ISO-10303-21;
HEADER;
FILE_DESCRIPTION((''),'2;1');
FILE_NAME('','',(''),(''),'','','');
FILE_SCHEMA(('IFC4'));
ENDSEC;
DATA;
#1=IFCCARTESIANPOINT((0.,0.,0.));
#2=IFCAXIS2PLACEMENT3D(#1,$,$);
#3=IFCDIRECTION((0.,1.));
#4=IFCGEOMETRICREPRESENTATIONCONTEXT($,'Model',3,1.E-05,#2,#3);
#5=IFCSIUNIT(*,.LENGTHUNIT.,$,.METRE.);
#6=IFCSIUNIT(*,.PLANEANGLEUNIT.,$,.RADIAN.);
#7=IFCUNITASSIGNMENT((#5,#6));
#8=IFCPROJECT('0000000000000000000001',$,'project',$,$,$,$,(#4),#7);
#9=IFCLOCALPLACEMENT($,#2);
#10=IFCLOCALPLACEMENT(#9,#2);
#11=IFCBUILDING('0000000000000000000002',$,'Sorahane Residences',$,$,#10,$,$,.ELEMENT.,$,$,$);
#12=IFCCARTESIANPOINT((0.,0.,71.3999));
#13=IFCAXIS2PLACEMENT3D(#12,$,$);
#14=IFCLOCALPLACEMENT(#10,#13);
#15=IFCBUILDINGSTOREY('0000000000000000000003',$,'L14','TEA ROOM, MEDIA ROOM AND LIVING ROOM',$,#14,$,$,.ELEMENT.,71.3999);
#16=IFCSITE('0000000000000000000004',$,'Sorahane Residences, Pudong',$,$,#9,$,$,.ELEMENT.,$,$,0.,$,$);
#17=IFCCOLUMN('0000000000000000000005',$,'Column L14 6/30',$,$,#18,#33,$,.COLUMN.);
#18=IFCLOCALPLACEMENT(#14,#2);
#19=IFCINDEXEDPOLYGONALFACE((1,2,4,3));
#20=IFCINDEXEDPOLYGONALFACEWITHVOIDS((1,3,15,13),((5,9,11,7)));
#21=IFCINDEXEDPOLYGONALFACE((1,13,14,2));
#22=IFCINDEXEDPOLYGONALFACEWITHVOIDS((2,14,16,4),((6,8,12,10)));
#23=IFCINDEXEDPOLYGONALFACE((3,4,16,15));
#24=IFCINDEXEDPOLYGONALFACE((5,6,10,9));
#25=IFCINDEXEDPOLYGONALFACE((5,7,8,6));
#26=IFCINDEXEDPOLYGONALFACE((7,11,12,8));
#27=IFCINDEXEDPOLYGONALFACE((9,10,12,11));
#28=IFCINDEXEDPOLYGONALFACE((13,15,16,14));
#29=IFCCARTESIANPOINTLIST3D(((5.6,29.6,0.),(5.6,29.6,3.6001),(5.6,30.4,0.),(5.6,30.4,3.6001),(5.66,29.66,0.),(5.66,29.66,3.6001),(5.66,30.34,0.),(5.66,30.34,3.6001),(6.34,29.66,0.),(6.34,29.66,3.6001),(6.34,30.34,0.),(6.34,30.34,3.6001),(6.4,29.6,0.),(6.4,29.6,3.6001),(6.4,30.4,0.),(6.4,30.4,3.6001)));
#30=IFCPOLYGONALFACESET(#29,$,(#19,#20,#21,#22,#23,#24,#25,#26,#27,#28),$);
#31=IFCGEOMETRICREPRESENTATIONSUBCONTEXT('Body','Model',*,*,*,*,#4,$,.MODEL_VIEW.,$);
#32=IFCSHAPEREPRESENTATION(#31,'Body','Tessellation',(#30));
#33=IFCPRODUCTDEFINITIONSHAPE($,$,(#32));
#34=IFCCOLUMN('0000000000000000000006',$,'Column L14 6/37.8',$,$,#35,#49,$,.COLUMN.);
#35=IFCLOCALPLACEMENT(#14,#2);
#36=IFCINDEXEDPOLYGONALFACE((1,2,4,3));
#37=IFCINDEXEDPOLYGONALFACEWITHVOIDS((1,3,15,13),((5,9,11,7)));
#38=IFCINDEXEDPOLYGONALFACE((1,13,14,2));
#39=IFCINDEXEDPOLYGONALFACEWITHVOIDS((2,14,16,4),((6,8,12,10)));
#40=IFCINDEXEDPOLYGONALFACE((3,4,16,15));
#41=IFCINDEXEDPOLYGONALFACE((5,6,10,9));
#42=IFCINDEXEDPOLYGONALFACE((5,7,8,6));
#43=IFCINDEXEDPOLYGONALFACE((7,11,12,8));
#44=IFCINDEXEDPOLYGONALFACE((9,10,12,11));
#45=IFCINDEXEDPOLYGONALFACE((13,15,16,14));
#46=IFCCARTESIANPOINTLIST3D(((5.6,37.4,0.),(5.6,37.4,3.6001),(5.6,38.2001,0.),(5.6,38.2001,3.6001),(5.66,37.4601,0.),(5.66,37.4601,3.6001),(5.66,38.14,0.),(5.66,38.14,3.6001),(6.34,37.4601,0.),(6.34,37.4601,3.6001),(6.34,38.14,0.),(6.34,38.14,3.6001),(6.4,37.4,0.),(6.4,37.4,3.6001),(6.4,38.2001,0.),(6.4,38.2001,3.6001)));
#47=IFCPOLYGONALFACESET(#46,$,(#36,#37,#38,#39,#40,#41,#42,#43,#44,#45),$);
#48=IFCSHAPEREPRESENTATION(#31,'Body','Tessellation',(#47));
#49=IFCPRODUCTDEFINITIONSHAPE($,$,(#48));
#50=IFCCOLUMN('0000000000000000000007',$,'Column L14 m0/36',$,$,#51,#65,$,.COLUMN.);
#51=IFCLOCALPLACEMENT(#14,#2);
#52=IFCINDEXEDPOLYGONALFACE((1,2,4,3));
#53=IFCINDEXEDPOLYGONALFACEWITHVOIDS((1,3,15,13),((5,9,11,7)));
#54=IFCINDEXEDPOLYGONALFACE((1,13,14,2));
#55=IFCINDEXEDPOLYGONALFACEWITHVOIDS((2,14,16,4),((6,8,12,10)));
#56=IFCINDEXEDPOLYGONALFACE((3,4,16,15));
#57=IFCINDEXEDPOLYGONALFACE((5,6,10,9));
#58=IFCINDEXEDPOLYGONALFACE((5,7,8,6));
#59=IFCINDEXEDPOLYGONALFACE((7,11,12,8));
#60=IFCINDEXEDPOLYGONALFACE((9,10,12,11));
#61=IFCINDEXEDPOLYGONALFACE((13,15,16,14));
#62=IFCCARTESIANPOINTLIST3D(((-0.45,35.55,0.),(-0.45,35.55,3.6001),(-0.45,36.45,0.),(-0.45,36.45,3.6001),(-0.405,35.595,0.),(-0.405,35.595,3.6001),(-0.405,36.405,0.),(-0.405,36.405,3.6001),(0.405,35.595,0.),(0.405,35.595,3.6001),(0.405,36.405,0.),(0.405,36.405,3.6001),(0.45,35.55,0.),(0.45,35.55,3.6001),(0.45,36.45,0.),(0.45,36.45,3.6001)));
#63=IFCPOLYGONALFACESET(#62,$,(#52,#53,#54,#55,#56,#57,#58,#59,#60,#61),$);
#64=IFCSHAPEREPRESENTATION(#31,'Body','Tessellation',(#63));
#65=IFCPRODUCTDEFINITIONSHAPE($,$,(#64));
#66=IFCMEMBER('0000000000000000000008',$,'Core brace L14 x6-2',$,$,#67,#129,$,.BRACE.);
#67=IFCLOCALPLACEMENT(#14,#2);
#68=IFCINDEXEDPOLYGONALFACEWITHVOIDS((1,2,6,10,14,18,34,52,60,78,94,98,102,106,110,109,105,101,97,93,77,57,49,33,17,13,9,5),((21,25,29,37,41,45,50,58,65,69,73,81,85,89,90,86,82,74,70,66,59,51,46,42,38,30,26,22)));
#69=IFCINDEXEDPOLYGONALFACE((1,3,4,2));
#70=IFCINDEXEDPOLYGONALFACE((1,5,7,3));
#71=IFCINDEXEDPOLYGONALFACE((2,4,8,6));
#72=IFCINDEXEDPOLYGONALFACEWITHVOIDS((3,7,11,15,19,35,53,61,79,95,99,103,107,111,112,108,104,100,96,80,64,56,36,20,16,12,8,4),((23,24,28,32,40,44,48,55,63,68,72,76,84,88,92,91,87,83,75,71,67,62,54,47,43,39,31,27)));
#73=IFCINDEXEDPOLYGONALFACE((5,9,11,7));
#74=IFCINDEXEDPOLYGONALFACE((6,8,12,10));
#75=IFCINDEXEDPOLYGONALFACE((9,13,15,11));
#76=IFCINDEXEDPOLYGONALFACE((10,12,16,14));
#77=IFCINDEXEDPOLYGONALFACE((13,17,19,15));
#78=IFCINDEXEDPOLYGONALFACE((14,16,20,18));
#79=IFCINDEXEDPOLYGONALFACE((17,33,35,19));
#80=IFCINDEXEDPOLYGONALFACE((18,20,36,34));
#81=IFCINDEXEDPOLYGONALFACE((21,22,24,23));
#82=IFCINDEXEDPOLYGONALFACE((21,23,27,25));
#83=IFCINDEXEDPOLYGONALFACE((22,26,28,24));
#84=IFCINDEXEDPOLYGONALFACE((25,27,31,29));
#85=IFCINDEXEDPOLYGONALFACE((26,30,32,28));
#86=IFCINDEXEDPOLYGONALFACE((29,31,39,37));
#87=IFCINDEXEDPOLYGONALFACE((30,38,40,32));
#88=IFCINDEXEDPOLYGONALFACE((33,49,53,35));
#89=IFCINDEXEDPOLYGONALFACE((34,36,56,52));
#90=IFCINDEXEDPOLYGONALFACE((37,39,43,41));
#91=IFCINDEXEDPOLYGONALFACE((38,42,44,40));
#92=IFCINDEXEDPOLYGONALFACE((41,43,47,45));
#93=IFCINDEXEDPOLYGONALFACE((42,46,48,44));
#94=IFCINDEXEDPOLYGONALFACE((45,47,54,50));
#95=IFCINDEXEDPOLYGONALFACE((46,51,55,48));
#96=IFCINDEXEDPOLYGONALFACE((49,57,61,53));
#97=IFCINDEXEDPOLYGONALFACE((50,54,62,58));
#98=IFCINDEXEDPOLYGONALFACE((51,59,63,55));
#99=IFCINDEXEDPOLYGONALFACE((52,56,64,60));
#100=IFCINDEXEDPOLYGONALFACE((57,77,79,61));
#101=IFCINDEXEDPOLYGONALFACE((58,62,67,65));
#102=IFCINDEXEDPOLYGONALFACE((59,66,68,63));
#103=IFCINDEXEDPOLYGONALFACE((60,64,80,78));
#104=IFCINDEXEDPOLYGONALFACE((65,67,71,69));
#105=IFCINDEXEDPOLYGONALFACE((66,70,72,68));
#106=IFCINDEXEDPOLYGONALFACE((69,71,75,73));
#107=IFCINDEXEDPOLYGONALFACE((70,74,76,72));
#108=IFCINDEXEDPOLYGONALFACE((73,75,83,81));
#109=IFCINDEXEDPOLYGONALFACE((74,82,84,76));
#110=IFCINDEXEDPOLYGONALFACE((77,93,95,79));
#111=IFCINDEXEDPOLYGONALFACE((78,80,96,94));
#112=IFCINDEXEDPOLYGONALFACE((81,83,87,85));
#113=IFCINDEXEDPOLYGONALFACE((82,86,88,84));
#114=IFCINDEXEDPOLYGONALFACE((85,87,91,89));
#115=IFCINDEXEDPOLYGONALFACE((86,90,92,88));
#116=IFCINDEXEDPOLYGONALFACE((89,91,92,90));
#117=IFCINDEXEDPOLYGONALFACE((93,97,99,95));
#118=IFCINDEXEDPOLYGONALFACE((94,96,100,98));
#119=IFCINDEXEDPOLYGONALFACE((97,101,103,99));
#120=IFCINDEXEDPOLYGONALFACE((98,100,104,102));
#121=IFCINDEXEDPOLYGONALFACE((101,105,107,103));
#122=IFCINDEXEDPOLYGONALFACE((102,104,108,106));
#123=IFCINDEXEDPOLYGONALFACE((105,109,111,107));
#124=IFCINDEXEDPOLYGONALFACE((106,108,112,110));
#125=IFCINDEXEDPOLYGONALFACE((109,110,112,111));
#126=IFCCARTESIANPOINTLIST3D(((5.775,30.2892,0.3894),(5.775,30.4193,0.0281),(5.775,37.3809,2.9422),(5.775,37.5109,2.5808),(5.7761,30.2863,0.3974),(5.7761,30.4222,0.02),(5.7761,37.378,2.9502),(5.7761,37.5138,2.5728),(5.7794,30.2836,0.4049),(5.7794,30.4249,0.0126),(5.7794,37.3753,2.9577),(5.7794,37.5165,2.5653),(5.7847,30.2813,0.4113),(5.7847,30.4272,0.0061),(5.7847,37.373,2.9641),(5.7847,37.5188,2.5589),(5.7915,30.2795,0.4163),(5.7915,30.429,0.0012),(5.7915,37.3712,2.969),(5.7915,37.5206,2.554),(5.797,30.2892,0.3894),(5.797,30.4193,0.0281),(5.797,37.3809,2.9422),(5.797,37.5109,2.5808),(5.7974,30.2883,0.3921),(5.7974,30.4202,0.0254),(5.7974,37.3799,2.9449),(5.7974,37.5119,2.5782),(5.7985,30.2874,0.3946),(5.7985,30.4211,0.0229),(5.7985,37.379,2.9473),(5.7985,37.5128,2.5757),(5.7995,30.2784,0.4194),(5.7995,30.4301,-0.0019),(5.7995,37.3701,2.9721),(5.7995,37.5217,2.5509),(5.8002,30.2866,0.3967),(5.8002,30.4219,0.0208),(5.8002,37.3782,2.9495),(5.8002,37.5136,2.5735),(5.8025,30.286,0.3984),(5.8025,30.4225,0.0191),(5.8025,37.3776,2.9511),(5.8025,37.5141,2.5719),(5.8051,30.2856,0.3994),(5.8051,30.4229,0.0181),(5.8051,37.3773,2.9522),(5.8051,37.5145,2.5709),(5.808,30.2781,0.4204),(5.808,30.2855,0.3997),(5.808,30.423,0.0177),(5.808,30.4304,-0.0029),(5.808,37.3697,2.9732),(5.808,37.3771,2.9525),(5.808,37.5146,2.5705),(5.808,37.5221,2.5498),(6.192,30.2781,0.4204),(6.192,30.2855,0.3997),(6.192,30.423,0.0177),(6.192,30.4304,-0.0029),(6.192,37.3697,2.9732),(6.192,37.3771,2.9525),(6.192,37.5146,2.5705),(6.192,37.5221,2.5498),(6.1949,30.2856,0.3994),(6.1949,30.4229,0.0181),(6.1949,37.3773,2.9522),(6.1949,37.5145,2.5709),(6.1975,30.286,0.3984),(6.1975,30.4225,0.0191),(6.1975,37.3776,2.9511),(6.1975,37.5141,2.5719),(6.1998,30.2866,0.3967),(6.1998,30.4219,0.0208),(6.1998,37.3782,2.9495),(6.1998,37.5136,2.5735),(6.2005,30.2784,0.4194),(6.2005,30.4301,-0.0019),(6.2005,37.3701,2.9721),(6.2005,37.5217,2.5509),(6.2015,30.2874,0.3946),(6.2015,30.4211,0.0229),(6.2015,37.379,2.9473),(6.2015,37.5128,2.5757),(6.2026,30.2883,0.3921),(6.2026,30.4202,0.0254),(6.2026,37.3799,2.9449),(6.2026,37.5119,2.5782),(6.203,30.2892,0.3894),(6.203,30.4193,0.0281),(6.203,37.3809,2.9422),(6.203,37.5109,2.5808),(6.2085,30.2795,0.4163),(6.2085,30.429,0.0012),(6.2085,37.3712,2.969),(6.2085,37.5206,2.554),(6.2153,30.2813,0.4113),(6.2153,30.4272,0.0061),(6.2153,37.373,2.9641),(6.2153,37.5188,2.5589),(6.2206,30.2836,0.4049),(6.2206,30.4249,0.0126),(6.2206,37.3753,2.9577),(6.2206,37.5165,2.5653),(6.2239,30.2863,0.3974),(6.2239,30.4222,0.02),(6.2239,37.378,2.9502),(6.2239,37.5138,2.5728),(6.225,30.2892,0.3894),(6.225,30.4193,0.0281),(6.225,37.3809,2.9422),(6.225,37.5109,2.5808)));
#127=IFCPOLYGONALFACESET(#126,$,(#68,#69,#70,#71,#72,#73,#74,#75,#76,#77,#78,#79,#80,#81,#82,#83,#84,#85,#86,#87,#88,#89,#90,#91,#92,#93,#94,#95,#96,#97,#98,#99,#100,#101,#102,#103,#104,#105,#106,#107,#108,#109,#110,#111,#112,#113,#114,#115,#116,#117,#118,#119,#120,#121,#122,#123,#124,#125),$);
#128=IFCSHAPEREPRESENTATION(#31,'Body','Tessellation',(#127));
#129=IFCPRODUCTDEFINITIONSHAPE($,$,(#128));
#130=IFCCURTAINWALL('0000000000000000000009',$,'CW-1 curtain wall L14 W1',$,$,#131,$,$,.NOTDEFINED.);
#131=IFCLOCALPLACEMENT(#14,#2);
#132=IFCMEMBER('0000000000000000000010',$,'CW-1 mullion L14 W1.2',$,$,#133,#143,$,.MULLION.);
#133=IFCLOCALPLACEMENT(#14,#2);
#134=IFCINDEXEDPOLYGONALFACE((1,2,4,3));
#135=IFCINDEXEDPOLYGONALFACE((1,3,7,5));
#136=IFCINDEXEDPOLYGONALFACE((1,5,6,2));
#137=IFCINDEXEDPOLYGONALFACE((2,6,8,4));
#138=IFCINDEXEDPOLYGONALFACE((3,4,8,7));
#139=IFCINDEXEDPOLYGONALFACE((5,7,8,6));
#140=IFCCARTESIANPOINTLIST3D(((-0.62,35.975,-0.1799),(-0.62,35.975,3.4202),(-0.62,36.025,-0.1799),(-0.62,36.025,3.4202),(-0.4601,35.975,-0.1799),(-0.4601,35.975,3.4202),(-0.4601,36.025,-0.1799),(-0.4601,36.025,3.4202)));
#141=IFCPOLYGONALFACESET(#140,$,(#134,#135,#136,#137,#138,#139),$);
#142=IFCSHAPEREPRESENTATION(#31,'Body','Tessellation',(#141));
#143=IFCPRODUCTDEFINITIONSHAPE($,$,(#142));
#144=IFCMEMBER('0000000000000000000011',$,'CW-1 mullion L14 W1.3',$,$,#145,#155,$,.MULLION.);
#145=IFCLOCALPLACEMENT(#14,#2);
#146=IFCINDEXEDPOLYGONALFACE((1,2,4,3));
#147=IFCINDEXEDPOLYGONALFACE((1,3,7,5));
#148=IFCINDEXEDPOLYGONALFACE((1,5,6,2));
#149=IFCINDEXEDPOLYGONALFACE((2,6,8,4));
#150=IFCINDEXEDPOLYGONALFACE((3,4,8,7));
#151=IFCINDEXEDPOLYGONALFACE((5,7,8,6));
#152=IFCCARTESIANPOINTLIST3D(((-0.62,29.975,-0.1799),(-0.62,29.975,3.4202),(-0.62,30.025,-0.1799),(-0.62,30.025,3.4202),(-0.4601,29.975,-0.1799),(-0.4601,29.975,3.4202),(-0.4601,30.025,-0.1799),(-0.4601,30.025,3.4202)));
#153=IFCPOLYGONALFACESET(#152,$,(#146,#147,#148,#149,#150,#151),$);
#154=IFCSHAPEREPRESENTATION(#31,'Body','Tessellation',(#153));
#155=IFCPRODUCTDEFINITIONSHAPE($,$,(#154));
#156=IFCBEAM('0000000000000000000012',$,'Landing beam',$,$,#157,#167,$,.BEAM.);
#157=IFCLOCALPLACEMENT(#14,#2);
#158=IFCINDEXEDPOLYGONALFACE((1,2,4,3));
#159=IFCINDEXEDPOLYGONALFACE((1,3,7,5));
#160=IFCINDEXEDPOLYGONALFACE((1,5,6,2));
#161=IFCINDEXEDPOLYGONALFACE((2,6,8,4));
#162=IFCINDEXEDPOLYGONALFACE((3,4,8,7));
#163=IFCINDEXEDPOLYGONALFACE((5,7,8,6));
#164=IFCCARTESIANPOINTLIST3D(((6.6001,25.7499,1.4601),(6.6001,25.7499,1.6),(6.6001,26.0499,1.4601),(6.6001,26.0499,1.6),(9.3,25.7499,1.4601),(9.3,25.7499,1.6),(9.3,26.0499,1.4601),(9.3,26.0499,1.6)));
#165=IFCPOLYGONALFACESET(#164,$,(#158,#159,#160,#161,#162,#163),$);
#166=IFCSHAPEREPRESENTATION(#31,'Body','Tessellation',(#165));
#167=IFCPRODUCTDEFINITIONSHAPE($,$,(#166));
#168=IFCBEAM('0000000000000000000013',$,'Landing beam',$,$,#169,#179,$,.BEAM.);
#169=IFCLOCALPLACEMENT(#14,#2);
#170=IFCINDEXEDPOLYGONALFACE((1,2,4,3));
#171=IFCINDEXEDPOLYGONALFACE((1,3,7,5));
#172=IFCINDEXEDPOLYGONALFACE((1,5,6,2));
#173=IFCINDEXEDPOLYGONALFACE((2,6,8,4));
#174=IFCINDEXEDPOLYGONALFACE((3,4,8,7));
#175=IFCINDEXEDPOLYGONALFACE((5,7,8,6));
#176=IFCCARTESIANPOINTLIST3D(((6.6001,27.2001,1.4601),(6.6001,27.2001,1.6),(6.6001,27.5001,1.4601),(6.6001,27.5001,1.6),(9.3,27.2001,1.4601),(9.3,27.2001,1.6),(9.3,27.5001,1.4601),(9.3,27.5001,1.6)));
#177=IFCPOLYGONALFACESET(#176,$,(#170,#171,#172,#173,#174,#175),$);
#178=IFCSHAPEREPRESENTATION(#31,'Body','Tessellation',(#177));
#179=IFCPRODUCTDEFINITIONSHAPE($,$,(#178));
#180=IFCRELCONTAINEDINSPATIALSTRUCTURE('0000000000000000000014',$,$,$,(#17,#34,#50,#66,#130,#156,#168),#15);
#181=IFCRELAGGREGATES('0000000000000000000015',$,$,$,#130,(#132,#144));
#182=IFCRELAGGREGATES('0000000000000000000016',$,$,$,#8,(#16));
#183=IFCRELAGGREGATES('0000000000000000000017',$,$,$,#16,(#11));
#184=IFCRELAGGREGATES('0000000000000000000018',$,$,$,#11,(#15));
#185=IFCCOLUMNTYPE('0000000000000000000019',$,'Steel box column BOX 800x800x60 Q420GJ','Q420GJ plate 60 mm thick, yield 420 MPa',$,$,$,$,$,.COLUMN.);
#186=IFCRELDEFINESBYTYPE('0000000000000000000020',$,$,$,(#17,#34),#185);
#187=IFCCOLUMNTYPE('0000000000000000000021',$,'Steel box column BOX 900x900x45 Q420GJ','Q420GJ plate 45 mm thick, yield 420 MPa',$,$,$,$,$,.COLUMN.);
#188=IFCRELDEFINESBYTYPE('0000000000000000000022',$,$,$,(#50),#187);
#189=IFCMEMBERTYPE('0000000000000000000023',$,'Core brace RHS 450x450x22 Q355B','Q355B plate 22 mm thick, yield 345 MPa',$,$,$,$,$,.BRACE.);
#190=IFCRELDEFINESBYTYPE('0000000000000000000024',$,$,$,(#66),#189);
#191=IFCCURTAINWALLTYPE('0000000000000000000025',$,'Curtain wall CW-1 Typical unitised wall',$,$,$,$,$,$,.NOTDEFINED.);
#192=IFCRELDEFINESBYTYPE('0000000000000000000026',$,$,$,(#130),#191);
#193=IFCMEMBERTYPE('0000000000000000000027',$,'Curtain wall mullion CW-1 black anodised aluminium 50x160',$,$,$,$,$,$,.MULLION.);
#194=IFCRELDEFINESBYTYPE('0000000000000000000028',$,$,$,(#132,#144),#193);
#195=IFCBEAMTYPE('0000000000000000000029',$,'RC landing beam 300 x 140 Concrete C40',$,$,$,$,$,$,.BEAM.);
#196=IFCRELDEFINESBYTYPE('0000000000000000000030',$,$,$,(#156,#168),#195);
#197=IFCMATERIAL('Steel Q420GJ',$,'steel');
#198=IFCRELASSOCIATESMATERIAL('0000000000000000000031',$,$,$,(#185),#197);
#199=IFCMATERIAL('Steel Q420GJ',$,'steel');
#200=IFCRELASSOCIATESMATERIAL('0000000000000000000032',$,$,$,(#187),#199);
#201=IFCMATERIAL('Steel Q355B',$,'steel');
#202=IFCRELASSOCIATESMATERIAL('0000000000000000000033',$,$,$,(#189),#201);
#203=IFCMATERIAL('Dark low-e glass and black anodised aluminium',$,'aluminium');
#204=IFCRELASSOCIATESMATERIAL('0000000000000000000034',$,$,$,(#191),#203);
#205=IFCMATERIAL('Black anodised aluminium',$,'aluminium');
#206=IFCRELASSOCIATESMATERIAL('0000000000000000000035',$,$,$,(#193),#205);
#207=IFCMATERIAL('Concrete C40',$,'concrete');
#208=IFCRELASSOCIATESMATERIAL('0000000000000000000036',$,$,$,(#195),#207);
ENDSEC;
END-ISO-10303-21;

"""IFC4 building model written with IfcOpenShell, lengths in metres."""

from ifc_helpers import new_model, si_unit, direction, frame, origin, origin_2d, place, context, subcontext, project, spatial, rectangle, hollow_rectangle, extrude, material, material_profile, profile_set, type_object, element, aggregate, save


model = new_model("IFC4")

# Units and contexts
model_context = context("Model", 3, precision=1e-05, world=origin(), true_north=direction((0.0, 1.0)))
body_context = subcontext(model_context, "Body", "Model", "MODEL_VIEW")
ifc_project = project(units=[si_unit("LENGTHUNIT", "METRE"), si_unit("PLANEANGLEUNIT", "RADIAN")], contexts=[model_context])

# Site, building, storey
site_placement = place(None, origin())
site = spatial("IfcSite", under=ifc_project, at=site_placement, Name="Sorahane Residences, Pudong", CompositionType="ELEMENT", RefElevation=0.0)
building_placement = place(site_placement, origin())
building = spatial("IfcBuilding", under=site, at=building_placement, Name="Sorahane Residences", CompositionType="ELEMENT")
storey_placement = place(building_placement, frame((0.0, 0.0, 71.3999)))
storey = spatial("IfcBuildingStorey", under=building, at=storey_placement, Name="L14", Description="TEA ROOM, MEDIA ROOM AND LIVING ROOM", CompositionType="ELEMENT", Elevation=71.3999)

# Columns
ifc_material_1 = material(Name="Steel Q420GJ", Category="steel")
ifc_material_profile_1 = material_profile(ifc_material_1, hollow_rectangle(XDim=0.8, YDim=0.8, WallThickness=0.0601, at=origin_2d()), Name="BOX 800x800x60")
ifc_profile_set_1 = profile_set([ifc_material_profile_1], Name="Steel Q420GJ")
column_type_1 = type_object("IfcColumnType", Name="Steel box column BOX 800x800x60 Q420GJ", Description="Q420GJ plate 60 mm thick, yield 420 MPa", PredefinedType="COLUMN", material=ifc_profile_set_1)
for number, where, z_axis, x_axis, name in (
    (1, (6.0, 30.0, 0.0), (0.0, 0.0, 1.0), (1.0, 0.0, 0.0), "Column L14 6/30"),
    (2, (6.0, 37.8, 0.0), (0.0, 0.0, 1.0), (1.0, 0.0, 0.0), "Column L14 6/37.8"),
):
    element("IfcColumn", number, at=place(storey_placement, frame(where, z_axis=z_axis, x_axis=x_axis)), inside=storey, type_object=column_type_1, Name=name, PredefinedType="COLUMN", context=body_context, shape_type="SweptSolid", body=[
        extrude(hollow_rectangle(XDim=0.8, YDim=0.8, WallThickness=0.0601, at=origin_2d()), origin(), (0.0, 0.0, 1.0), 3.6001),
    ])
ifc_material_2 = material(Name="Steel Q420GJ", Category="steel")
ifc_material_profile_2 = material_profile(ifc_material_2, hollow_rectangle(XDim=0.8999, YDim=0.8999, WallThickness=0.0449, at=origin_2d()), Name="BOX 900x900x45")
ifc_profile_set_2 = profile_set([ifc_material_profile_2], Name="Steel Q420GJ")
column_type_2 = type_object("IfcColumnType", Name="Steel box column BOX 900x900x45 Q420GJ", Description="Q420GJ plate 45 mm thick, yield 420 MPa", PredefinedType="COLUMN", material=ifc_profile_set_2)
column_placement = place(storey_placement, frame((0.0, 36.0, 0.0), z_axis=(0.0, 0.0, 1.0), x_axis=(1.0, 0.0, 0.0)))
element("IfcColumn", 3, at=column_placement, inside=storey, type_object=column_type_2, Name="Column L14 m0/36", PredefinedType="COLUMN", context=body_context, shape_type="SweptSolid", body=[
    extrude(hollow_rectangle(XDim=0.8999, YDim=0.8999, WallThickness=0.0449, at=origin_2d()), origin(), (0.0, 0.0, 1.0), 3.6001),
])

# Member
ifc_material_3 = material(Name="Steel Q355B", Category="steel")
ifc_material_profile_3 = material_profile(ifc_material_3, hollow_rectangle(XDim=0.45, YDim=0.45, WallThickness=0.022, InnerFilletRadius=0.011, OuterFilletRadius=0.033, at=origin_2d()), Name="RHS 450x450x22")
ifc_profile_set_3 = profile_set([ifc_material_profile_3], Name="Steel Q355B")
member_type_1 = type_object("IfcMemberType", Name="Core brace RHS 450x450x22 Q355B", Description="Q355B plate 22 mm thick, yield 345 MPa", PredefinedType="BRACE", material=ifc_profile_set_3)
member_1_placement = place(storey_placement, frame((6.0, 30.3542, 0.2087), z_axis=(0.0, 0.940897, 0.338693), x_axis=(-1.0, 0.0, 0.0)))
element("IfcMember", 4, at=member_1_placement, inside=storey, type_object=member_type_1, Name="Core brace L14 x6-2", PredefinedType="BRACE", context=body_context, shape_type="SweptSolid", body=[
    extrude(hollow_rectangle(XDim=0.45, YDim=0.45, WallThickness=0.022, InnerFilletRadius=0.011, OuterFilletRadius=0.033, at=origin_2d()), origin(), (0.0, 0.0, 1.0), 7.5371),
])

# Curtain wall, members
ifc_material_4 = material(Name="Dark low-e glass and black anodised aluminium", Category="aluminium")
curtain_wall_type = type_object("IfcCurtainWallType", Name="Curtain wall CW-1 Typical unitised wall", PredefinedType="NOTDEFINED", material=ifc_material_4)
curtain_wall_placement = place(storey_placement, origin())
curtain_wall = element("IfcCurtainWall", 5, at=curtain_wall_placement, inside=storey, type_object=curtain_wall_type, Name="CW-1 curtain wall L14 W1", PredefinedType="NOTDEFINED")
ifc_material_5 = material(Name="Black anodised aluminium", Category="aluminium")
ifc_material_profile_4 = material_profile(ifc_material_5, rectangle(XDim=0.1599, YDim=0.05, at=origin_2d()), Name="Curtain wall mullion CW-1 black anodised aluminium 50x160")
ifc_profile_set_4 = profile_set([ifc_material_profile_4], Name="Black anodised aluminium")
member_type_2 = type_object("IfcMemberType", Name="Curtain wall mullion CW-1 black anodised aluminium 50x160", PredefinedType="MULLION", material=ifc_profile_set_4)
member_2_placement = place(storey_placement, frame((-0.54, 36.0, -0.1799), z_axis=(0.0, 0.0, 1.0), x_axis=(-1.0, 0.0, 0.0)))
member_2 = element("IfcMember", 6, at=member_2_placement, type_object=member_type_2, Name="CW-1 mullion L14 W1.2", PredefinedType="MULLION", context=body_context, shape_type="SweptSolid", body=[
    extrude(rectangle(XDim=0.1599, YDim=0.05, at=origin_2d()), origin(), (0.0, 0.0, 1.0), 3.6001),
])
member_3_placement = place(storey_placement, frame((-0.54, 30.0, -0.1799), z_axis=(0.0, 0.0, 1.0), x_axis=(-1.0, 0.0, 0.0)))
member_3 = element("IfcMember", 7, at=member_3_placement, type_object=member_type_2, Name="CW-1 mullion L14 W1.3", PredefinedType="MULLION", context=body_context, shape_type="SweptSolid", body=[
    extrude(rectangle(XDim=0.1599, YDim=0.05, at=origin_2d()), origin(), (0.0, 0.0, 1.0), 3.6001),
])

# Beams
ifc_material_6 = material(Name="Concrete C40", Category="concrete")
ifc_material_profile_5 = material_profile(ifc_material_6, rectangle(XDim=0.3, YDim=0.1399, at=origin_2d()), Name="300x140")
ifc_profile_set_5 = profile_set([ifc_material_profile_5], Name="Concrete C40")
beam_type_1 = type_object("IfcBeamType", Name="RC landing beam 300 x 140 Concrete C40", PredefinedType="BEAM", material=ifc_profile_set_5)
for number, where, z_axis, x_axis, name in (
    (8, (6.6001, 25.8999, 1.53), (1.0, 0.0, 0.0), (0.0, 1.0, 0.0), "Landing beam"),
    (9, (6.6001, 27.3501, 1.53), (1.0, 0.0, 0.0), (0.0, 1.0, 0.0), "Landing beam"),
):
    element("IfcBeam", number, at=place(storey_placement, frame(where, z_axis=z_axis, x_axis=x_axis)), inside=storey, type_object=beam_type_1, Name=name, PredefinedType="BEAM", context=body_context, shape_type="SweptSolid", body=[
        extrude(rectangle(XDim=0.3, YDim=0.1399, at=origin_2d()), origin(), (0.0, 0.0, 1.0), 2.7),
    ])

aggregate(curtain_wall, [member_2, member_3])

save(model, "model.ifc")
